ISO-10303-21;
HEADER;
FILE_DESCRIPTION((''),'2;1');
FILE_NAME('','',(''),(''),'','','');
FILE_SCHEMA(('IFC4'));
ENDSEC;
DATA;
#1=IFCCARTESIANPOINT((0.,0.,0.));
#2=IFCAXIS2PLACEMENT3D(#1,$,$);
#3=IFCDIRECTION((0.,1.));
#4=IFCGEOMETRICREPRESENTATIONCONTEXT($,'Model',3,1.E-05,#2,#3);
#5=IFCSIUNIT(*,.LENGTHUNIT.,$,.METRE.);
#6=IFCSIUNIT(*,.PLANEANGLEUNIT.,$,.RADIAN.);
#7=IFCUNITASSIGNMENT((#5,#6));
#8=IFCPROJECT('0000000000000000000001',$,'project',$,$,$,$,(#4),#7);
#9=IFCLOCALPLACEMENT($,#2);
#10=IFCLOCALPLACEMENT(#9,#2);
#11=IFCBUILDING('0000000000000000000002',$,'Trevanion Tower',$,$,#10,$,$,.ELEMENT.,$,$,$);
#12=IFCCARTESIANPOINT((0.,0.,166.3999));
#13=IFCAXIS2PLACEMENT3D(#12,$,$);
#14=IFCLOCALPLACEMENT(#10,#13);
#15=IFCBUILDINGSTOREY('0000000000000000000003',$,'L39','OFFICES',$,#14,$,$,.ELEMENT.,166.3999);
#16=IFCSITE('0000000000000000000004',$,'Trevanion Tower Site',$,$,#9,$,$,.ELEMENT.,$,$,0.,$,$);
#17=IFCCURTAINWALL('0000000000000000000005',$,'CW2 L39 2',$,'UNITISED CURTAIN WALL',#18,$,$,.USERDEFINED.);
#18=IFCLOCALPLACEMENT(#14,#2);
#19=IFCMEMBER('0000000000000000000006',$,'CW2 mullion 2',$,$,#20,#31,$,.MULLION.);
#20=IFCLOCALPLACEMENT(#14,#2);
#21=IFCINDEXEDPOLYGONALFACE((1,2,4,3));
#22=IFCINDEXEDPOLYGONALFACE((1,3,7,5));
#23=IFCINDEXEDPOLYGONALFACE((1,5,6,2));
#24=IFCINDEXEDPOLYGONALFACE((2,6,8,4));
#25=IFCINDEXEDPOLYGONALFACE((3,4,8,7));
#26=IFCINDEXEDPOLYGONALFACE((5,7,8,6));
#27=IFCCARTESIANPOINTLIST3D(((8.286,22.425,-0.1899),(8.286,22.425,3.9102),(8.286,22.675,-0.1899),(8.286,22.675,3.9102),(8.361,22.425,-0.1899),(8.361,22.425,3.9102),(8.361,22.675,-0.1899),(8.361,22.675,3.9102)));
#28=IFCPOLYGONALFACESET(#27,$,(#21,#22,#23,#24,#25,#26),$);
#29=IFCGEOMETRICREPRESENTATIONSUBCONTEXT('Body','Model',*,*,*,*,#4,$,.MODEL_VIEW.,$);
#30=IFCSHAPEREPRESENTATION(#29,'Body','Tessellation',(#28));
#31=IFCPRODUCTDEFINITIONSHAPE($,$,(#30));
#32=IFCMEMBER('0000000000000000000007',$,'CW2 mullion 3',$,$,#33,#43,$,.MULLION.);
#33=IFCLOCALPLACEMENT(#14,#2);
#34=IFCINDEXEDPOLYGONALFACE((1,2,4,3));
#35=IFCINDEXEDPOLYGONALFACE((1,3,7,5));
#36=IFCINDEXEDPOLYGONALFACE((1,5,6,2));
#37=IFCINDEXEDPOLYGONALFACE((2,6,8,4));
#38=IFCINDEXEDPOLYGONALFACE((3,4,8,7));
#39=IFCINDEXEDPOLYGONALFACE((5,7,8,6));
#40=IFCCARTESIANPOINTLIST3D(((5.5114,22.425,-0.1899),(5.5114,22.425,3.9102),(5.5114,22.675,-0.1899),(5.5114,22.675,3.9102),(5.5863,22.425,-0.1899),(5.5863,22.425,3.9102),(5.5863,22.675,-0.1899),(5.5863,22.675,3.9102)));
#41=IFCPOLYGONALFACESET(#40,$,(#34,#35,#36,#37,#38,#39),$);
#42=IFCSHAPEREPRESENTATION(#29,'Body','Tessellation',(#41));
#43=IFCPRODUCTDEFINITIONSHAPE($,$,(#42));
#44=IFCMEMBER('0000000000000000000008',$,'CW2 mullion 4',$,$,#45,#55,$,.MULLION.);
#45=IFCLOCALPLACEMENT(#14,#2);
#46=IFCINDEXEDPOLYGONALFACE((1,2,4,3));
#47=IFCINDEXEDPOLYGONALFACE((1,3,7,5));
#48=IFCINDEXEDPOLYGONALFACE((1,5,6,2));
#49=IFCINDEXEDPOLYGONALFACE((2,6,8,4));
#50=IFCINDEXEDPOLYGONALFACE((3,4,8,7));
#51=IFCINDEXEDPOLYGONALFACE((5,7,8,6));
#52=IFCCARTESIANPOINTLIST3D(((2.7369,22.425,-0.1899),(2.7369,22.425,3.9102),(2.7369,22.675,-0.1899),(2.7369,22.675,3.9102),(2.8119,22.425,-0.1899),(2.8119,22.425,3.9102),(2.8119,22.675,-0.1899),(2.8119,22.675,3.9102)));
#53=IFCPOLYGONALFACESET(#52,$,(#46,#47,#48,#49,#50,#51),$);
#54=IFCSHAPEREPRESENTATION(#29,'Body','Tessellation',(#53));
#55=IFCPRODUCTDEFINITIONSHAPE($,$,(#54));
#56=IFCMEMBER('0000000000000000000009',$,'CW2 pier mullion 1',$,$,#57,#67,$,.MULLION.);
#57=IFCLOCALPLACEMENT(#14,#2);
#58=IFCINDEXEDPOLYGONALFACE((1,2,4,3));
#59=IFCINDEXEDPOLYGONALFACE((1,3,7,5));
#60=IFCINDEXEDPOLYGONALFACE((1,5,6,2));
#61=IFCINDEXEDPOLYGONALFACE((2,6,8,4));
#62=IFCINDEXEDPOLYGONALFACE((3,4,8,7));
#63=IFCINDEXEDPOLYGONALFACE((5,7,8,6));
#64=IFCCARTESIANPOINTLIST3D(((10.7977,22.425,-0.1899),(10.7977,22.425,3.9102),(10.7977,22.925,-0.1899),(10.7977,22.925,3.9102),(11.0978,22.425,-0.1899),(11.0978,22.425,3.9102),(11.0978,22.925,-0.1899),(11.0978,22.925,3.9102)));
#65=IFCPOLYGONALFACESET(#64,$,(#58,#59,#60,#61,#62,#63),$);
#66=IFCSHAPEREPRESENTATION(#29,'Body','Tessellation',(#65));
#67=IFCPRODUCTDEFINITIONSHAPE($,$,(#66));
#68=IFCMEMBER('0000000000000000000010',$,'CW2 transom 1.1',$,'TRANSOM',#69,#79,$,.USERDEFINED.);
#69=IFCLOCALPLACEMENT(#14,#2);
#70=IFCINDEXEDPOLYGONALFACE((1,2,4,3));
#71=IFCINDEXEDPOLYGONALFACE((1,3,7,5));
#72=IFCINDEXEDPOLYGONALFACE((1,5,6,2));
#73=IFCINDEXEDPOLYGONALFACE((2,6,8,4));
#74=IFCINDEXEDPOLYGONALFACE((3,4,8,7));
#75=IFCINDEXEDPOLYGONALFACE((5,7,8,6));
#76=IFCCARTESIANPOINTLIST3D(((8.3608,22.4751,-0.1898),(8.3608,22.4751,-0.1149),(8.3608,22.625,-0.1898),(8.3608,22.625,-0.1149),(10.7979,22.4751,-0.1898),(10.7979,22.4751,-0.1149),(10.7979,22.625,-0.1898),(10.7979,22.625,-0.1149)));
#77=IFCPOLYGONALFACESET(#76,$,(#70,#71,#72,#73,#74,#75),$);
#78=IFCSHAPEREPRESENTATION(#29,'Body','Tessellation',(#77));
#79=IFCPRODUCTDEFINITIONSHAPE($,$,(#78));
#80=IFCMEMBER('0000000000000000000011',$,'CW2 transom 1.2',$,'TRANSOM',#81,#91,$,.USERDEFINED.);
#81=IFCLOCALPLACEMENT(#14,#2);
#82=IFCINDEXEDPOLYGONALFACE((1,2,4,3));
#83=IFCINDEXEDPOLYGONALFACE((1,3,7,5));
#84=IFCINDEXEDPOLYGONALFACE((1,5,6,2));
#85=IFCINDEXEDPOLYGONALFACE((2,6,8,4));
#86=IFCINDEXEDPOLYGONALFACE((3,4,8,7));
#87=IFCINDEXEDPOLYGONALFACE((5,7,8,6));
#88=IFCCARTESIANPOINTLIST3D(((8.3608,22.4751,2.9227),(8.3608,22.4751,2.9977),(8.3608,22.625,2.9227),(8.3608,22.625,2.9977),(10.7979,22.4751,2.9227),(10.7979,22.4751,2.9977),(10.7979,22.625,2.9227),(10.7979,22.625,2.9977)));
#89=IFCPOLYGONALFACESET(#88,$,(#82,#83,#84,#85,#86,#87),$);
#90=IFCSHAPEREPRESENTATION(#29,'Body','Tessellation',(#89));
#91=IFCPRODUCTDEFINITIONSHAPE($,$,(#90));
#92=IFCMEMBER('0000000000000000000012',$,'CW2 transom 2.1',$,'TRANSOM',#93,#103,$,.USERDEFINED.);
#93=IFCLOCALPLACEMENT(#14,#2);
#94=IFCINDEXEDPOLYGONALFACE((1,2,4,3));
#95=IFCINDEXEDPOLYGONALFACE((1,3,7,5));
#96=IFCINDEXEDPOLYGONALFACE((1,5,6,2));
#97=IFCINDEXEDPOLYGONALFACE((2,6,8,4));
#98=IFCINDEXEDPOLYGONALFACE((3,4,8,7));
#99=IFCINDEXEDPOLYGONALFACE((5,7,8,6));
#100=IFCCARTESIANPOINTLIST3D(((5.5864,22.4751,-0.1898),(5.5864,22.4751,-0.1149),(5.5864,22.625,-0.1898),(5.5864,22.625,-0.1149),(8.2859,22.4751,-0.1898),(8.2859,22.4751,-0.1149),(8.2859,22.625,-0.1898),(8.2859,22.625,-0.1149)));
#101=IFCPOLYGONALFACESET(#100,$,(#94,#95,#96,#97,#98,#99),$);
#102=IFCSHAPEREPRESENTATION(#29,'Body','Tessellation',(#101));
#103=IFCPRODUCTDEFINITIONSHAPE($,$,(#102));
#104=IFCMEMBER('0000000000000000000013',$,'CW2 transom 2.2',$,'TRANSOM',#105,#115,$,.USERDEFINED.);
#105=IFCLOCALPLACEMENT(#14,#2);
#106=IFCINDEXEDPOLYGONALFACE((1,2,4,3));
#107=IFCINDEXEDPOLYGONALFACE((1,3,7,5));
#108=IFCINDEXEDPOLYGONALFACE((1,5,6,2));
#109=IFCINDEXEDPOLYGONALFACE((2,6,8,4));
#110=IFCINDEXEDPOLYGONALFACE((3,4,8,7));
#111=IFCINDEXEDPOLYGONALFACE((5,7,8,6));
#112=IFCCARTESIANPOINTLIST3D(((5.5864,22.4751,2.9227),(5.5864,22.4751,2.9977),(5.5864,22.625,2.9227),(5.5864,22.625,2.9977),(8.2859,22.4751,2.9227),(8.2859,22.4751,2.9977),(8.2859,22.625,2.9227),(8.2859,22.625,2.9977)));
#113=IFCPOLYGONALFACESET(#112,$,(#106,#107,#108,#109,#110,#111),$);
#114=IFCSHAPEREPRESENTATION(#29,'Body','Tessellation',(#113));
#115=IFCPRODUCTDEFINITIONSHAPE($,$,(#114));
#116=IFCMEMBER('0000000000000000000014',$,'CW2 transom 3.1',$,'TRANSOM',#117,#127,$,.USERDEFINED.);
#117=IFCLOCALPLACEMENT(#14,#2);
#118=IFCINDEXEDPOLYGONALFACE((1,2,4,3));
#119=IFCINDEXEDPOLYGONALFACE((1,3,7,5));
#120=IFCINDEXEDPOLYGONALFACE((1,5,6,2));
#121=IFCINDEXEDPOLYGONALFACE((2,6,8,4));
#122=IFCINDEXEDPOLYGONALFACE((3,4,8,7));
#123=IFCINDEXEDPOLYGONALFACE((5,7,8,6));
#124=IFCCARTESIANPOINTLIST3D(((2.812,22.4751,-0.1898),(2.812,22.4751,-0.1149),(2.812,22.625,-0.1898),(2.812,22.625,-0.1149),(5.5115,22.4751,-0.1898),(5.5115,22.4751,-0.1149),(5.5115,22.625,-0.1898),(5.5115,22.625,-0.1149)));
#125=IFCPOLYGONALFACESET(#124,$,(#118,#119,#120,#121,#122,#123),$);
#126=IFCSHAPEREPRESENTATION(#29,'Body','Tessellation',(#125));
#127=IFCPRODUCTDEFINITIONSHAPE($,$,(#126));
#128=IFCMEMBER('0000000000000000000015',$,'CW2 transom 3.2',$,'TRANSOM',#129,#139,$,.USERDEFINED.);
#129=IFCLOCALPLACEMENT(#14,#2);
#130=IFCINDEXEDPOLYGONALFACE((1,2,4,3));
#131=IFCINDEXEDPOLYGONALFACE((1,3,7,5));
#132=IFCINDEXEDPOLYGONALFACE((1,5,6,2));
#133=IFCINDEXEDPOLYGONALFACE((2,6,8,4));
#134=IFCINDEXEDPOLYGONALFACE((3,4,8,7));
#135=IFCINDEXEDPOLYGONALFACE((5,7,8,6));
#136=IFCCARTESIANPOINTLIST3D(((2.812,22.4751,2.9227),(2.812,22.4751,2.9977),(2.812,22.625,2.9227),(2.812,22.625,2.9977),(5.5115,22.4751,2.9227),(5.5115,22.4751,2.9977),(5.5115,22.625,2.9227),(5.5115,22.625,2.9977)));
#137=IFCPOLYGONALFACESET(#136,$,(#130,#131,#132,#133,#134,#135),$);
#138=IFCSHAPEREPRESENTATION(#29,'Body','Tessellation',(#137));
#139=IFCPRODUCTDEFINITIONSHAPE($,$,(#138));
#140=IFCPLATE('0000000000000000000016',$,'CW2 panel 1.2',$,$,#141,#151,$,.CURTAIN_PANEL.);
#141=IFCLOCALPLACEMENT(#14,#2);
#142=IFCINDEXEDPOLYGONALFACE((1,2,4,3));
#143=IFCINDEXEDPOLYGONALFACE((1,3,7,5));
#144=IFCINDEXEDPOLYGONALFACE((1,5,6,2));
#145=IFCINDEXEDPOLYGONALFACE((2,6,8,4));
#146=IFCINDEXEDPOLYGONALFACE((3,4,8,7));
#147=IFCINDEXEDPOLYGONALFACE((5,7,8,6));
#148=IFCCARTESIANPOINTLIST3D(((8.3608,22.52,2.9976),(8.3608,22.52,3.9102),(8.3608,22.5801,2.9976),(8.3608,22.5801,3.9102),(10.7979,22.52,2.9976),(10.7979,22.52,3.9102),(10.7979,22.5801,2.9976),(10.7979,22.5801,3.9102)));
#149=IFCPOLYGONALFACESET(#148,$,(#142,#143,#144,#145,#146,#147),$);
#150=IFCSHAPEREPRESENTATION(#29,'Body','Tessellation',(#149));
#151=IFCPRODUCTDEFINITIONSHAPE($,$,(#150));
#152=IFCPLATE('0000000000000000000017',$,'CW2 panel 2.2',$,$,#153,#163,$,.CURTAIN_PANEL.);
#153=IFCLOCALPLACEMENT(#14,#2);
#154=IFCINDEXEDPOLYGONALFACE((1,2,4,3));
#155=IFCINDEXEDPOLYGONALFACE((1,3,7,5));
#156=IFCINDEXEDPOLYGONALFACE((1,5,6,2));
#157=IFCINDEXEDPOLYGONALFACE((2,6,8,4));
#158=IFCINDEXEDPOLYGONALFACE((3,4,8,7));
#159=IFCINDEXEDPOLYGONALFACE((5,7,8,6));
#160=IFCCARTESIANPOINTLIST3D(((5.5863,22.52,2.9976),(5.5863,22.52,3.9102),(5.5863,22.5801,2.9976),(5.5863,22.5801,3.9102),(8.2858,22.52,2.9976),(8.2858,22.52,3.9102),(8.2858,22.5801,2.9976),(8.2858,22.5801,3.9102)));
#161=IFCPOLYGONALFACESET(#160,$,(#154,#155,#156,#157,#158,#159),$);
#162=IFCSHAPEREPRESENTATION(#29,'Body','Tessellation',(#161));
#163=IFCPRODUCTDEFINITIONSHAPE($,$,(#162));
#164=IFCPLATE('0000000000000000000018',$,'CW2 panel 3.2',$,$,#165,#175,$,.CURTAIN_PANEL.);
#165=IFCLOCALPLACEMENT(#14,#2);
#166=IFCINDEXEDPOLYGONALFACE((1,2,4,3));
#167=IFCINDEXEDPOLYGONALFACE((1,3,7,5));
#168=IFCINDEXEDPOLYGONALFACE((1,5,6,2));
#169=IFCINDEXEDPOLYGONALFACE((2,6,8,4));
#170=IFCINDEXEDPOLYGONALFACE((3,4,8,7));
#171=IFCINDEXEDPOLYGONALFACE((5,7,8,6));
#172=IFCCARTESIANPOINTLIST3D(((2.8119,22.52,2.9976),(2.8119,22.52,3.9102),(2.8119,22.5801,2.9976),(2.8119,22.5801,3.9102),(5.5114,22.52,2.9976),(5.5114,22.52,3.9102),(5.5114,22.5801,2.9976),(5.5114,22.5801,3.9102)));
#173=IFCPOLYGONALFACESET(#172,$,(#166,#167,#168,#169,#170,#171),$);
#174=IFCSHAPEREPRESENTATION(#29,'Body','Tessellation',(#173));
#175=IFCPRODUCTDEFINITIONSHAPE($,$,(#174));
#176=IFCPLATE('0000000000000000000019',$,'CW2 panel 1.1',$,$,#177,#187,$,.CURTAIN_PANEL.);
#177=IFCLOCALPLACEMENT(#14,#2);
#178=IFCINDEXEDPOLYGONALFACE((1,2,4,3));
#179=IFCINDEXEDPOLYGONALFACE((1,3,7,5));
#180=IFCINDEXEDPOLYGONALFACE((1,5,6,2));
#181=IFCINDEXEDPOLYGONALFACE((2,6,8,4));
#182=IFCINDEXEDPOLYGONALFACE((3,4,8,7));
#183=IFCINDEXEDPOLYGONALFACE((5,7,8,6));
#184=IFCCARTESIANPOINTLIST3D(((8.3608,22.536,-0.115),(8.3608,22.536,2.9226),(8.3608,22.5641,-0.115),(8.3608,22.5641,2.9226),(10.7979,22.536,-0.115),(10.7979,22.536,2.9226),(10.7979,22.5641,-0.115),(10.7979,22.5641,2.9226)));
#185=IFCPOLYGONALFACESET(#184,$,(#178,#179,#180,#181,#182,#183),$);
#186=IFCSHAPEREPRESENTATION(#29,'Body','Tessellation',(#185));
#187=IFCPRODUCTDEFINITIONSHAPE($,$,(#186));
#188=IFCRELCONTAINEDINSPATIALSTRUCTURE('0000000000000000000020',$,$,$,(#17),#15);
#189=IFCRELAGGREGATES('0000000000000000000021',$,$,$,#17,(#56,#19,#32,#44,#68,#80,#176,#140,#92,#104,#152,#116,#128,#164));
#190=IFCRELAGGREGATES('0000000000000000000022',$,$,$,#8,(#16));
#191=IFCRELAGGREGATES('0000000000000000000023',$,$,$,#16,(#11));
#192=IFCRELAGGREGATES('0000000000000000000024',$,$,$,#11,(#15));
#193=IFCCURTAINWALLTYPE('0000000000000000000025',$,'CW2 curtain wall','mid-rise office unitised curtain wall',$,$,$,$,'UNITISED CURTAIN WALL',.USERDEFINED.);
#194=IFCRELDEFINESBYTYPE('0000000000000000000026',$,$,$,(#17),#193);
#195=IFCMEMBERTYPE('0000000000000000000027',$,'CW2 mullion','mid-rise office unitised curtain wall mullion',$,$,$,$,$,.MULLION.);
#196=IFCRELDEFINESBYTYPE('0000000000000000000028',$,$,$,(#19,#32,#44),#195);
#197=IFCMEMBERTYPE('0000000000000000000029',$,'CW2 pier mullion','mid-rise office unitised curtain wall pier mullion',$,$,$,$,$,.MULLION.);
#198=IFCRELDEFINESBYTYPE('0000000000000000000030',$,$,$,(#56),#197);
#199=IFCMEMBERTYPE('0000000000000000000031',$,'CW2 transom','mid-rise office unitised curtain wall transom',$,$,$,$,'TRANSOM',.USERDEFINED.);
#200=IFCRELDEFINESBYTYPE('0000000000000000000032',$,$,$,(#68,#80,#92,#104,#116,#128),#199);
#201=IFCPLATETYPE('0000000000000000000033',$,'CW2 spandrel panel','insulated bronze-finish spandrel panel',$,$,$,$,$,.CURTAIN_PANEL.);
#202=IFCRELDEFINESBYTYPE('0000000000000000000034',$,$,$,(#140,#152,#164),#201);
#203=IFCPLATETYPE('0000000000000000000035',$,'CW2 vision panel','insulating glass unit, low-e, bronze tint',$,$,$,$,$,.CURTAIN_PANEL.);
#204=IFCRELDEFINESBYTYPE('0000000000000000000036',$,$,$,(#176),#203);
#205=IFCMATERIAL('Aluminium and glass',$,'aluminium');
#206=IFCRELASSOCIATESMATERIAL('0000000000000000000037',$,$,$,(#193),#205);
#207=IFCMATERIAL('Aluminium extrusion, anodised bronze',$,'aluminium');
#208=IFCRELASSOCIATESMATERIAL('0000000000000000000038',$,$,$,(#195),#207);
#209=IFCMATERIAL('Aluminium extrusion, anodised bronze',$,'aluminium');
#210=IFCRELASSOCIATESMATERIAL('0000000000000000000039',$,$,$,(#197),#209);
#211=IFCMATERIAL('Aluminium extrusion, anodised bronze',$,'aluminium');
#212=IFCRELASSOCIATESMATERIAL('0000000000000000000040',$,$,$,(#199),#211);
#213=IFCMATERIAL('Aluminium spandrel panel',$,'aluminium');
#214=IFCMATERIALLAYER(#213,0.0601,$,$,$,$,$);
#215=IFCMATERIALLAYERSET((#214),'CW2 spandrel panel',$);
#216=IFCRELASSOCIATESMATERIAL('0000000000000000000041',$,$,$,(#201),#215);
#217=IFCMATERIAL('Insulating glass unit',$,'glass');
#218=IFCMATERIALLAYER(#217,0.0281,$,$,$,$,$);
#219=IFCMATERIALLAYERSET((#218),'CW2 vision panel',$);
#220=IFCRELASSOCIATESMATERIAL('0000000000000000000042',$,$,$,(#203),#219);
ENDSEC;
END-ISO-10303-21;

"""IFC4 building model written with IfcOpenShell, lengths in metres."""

from ifc_helpers import new_model, si_unit, direction, frame, origin, origin_2d, place, context, subcontext, project, spatial, rectangle, extrude, material, layer, layer_set, material_profile, profile_set, type_object, element, aggregate, save


model = new_model("IFC4")

# Units and contexts
model_context = context("Model", 3, precision=1e-05, world=origin(), true_north=direction((0.0, 1.0)))
body_context = subcontext(model_context, "Body", "Model", "MODEL_VIEW")
ifc_project = project(units=[si_unit("LENGTHUNIT", "METRE"), si_unit("PLANEANGLEUNIT", "RADIAN")], contexts=[model_context])

# Site, building, storey
site_placement = place(None, origin())
site = spatial("IfcSite", under=ifc_project, at=site_placement, Name="Trevanion Tower Site", CompositionType="ELEMENT", RefElevation=0.0)
building_placement = place(site_placement, origin())
building = spatial("IfcBuilding", under=site, at=building_placement, Name="Trevanion Tower", CompositionType="ELEMENT")
storey_placement = place(building_placement, frame((0.0, 0.0, 166.3999)))
storey = spatial("IfcBuildingStorey", under=building, at=storey_placement, Name="L39", Description="OFFICES", CompositionType="ELEMENT", Elevation=166.3999)

# Curtain wall, members, plates
ifc_material_1 = material(Name="Aluminium and glass", Category="aluminium")
curtain_wall_type = type_object("IfcCurtainWallType", Name="CW2 curtain wall", Description="mid-rise office unitised curtain wall", ElementType="UNITISED CURTAIN WALL", PredefinedType="USERDEFINED", material=ifc_material_1)
curtain_wall_placement = place(storey_placement, origin())
curtain_wall = element("IfcCurtainWall", 1, at=curtain_wall_placement, inside=storey, type_object=curtain_wall_type, Name="CW2 L39 2", ObjectType="UNITISED CURTAIN WALL", PredefinedType="USERDEFINED")
ifc_material_2 = material(Name="Aluminium extrusion, anodised bronze", Category="aluminium")
ifc_material_profile_1 = material_profile(ifc_material_2, rectangle(XDim=0.075, YDim=0.25, at=origin_2d()), Name="CW2 mullion")
ifc_profile_set_1 = profile_set([ifc_material_profile_1], Name="Aluminium extrusion, anodised bronze")
member_type_1 = type_object("IfcMemberType", Name="CW2 mullion", Description="mid-rise office unitised curtain wall mullion", PredefinedType="MULLION", material=ifc_profile_set_1)
member_1_placement = place(storey_placement, frame((8.3235, 22.55, -0.1899), z_axis=(0.0, 0.0, 1.0), x_axis=(-1.0, 0.0, 0.0)))
member_1 = element("IfcMember", 2, at=member_1_placement, type_object=member_type_1, Name="CW2 mullion 2", PredefinedType="MULLION", context=body_context, shape_type="SweptSolid", body=[
    extrude(rectangle(XDim=0.075, YDim=0.25, at=origin_2d()), origin(), (0.0, 0.0, 1.0), 4.1001),
])
member_2_placement = place(storey_placement, frame((5.5488, 22.55, -0.1899), z_axis=(0.0, 0.0, 1.0), x_axis=(-1.0, 0.0, 0.0)))
member_2 = element("IfcMember", 3, at=member_2_placement, type_object=member_type_1, Name="CW2 mullion 3", PredefinedType="MULLION", context=body_context, shape_type="SweptSolid", body=[
    extrude(rectangle(XDim=0.075, YDim=0.25, at=origin_2d()), origin(), (0.0, 0.0, 1.0), 4.1001),
])
member_3_placement = place(storey_placement, frame((2.7744, 22.55, -0.1899), z_axis=(0.0, 0.0, 1.0), x_axis=(-1.0, 0.0, 0.0)))
member_3 = element("IfcMember", 4, at=member_3_placement, type_object=member_type_1, Name="CW2 mullion 4", PredefinedType="MULLION", context=body_context, shape_type="SweptSolid", body=[
    extrude(rectangle(XDim=0.075, YDim=0.25, at=origin_2d()), origin(), (0.0, 0.0, 1.0), 4.1001),
])
ifc_material_3 = material(Name="Aluminium extrusion, anodised bronze", Category="aluminium")
ifc_material_profile_2 = material_profile(ifc_material_3, rectangle(XDim=0.3, YDim=0.5, at=origin_2d()), Name="CW2 pier mullion")
ifc_profile_set_2 = profile_set([ifc_material_profile_2], Name="Aluminium extrusion, anodised bronze")
member_type_2 = type_object("IfcMemberType", Name="CW2 pier mullion", Description="mid-rise office unitised curtain wall pier mullion", PredefinedType="MULLION", material=ifc_profile_set_2)
member_4_placement = place(storey_placement, frame((10.9478, 22.675, -0.1899), z_axis=(0.0, 0.0, 1.0), x_axis=(-1.0, 0.0, 0.0)))
member_4 = element("IfcMember", 5, at=member_4_placement, type_object=member_type_2, Name="CW2 pier mullion 1", PredefinedType="MULLION", context=body_context, shape_type="SweptSolid", body=[
    extrude(rectangle(XDim=0.3, YDim=0.5, at=origin_2d()), origin(), (0.0, 0.0, 1.0), 4.1001),
])
ifc_material_4 = material(Name="Aluminium extrusion, anodised bronze", Category="aluminium")
ifc_material_profile_3 = material_profile(ifc_material_4, rectangle(XDim=0.1499, YDim=0.075, at=origin_2d()), Name="CW2 transom")
ifc_profile_set_3 = profile_set([ifc_material_profile_3], Name="Aluminium extrusion, anodised bronze")
member_type_3 = type_object("IfcMemberType", Name="CW2 transom", Description="mid-rise office unitised curtain wall transom", ElementType="TRANSOM", PredefinedType="USERDEFINED", material=ifc_profile_set_3)
member_5_placement = place(storey_placement, frame((10.7979, 22.55, -0.1523), z_axis=(-1.0, 0.0, 0.0), x_axis=(0.0, -1.0, 0.0)))
member_5 = element("IfcMember", 6, at=member_5_placement, type_object=member_type_3, Name="CW2 transom 1.1", ObjectType="TRANSOM", PredefinedType="USERDEFINED", context=body_context, shape_type="SweptSolid", body=[
    extrude(rectangle(XDim=0.1499, YDim=0.075, at=origin_2d()), origin(), (0.0, 0.0, 1.0), 2.437),
])
member_6_placement = place(storey_placement, frame((10.7979, 22.55, 2.9602), z_axis=(-1.0, 0.0, 0.0), x_axis=(0.0, -1.0, 0.0)))
member_6 = element("IfcMember", 7, at=member_6_placement, type_object=member_type_3, Name="CW2 transom 1.2", ObjectType="TRANSOM", PredefinedType="USERDEFINED", context=body_context, shape_type="SweptSolid", body=[
    extrude(rectangle(XDim=0.1499, YDim=0.075, at=origin_2d()), origin(), (0.0, 0.0, 1.0), 2.437),
])
member_7_placement = place(storey_placement, frame((8.2859, 22.55, -0.1523), z_axis=(-1.0, 0.0, 0.0), x_axis=(0.0, -1.0, 0.0)))
member_7 = element("IfcMember", 8, at=member_7_placement, type_object=member_type_3, Name="CW2 transom 2.1", ObjectType="TRANSOM", PredefinedType="USERDEFINED", context=body_context, shape_type="SweptSolid", body=[
    extrude(rectangle(XDim=0.1499, YDim=0.075, at=origin_2d()), origin(), (0.0, 0.0, 1.0), 2.6995),
])
member_8_placement = place(storey_placement, frame((8.2859, 22.55, 2.9602), z_axis=(-1.0, 0.0, 0.0), x_axis=(0.0, -1.0, 0.0)))
member_8 = element("IfcMember", 9, at=member_8_placement, type_object=member_type_3, Name="CW2 transom 2.2", ObjectType="TRANSOM", PredefinedType="USERDEFINED", context=body_context, shape_type="SweptSolid", body=[
    extrude(rectangle(XDim=0.1499, YDim=0.075, at=origin_2d()), origin(), (0.0, 0.0, 1.0), 2.6995),
])
member_9_placement = place(storey_placement, frame((5.5115, 22.55, -0.1523), z_axis=(-1.0, 0.0, 0.0), x_axis=(0.0, -1.0, 0.0)))
member_9 = element("IfcMember", 10, at=member_9_placement, type_object=member_type_3, Name="CW2 transom 3.1", ObjectType="TRANSOM", PredefinedType="USERDEFINED", context=body_context, shape_type="SweptSolid", body=[
    extrude(rectangle(XDim=0.1499, YDim=0.075, at=origin_2d()), origin(), (0.0, 0.0, 1.0), 2.6995),
])
member_10_placement = place(storey_placement, frame((5.5115, 22.55, 2.9602), z_axis=(-1.0, 0.0, 0.0), x_axis=(0.0, -1.0, 0.0)))
member_10 = element("IfcMember", 11, at=member_10_placement, type_object=member_type_3, Name="CW2 transom 3.2", ObjectType="TRANSOM", PredefinedType="USERDEFINED", context=body_context, shape_type="SweptSolid", body=[
    extrude(rectangle(XDim=0.1499, YDim=0.075, at=origin_2d()), origin(), (0.0, 0.0, 1.0), 2.6995),
])
ifc_material_5 = material(Name="Aluminium spandrel panel", Category="aluminium")
ifc_layer_1 = layer(ifc_material_5, 0.0601)
ifc_layer_set_1 = layer_set([ifc_layer_1], Name="CW2 spandrel panel")
plate_type_1 = type_object("IfcPlateType", Name="CW2 spandrel panel", Description="insulated bronze-finish spandrel panel", PredefinedType="CURTAIN_PANEL", material=ifc_layer_set_1)
plate_1_placement = place(storey_placement, frame((9.5793, 22.55, 2.9976), z_axis=(0.0, 0.0, 1.0), x_axis=(-1.0, 0.0, 0.0)))
plate_1 = element("IfcPlate", 12, at=plate_1_placement, type_object=plate_type_1, Name="CW2 panel 1.2", PredefinedType="CURTAIN_PANEL", context=body_context, shape_type="SweptSolid", body=[
    extrude(rectangle(XDim=2.437, YDim=0.0601, at=origin_2d()), origin(), (0.0, 0.0, 1.0), 0.9126),
])
plate_2_placement = place(storey_placement, frame((6.936, 22.55, 2.9976), z_axis=(0.0, 0.0, 1.0), x_axis=(-1.0, 0.0, 0.0)))
plate_2 = element("IfcPlate", 13, at=plate_2_placement, type_object=plate_type_1, Name="CW2 panel 2.2", PredefinedType="CURTAIN_PANEL", context=body_context, shape_type="SweptSolid", body=[
    extrude(rectangle(XDim=2.6995, YDim=0.0601, at=origin_2d()), origin(), (0.0, 0.0, 1.0), 0.9126),
])
plate_3_placement = place(storey_placement, frame((4.1616, 22.55, 2.9976), z_axis=(0.0, 0.0, 1.0), x_axis=(-1.0, 0.0, 0.0)))
plate_3 = element("IfcPlate", 14, at=plate_3_placement, type_object=plate_type_1, Name="CW2 panel 3.2", PredefinedType="CURTAIN_PANEL", context=body_context, shape_type="SweptSolid", body=[
    extrude(rectangle(XDim=2.6995, YDim=0.0601, at=origin_2d()), origin(), (0.0, 0.0, 1.0), 0.9126),
])
ifc_material_6 = material(Name="Insulating glass unit", Category="glass")
ifc_layer_2 = layer(ifc_material_6, 0.0281)
ifc_layer_set_2 = layer_set([ifc_layer_2], Name="CW2 vision panel")
plate_type_2 = type_object("IfcPlateType", Name="CW2 vision panel", Description="insulating glass unit, low-e, bronze tint", PredefinedType="CURTAIN_PANEL", material=ifc_layer_set_2)
plate_4_placement = place(storey_placement, frame((9.5793, 22.55, -0.115), z_axis=(0.0, 0.0, 1.0), x_axis=(-1.0, 0.0, 0.0)))
plate_4 = element("IfcPlate", 15, at=plate_4_placement, type_object=plate_type_2, Name="CW2 panel 1.1", PredefinedType="CURTAIN_PANEL", context=body_context, shape_type="SweptSolid", body=[
    extrude(rectangle(XDim=2.437, YDim=0.0281, at=origin_2d()), origin(), (0.0, 0.0, 1.0), 3.0376),
])
aggregate(curtain_wall, [member_4, member_1, member_2, member_3, member_5, member_6, plate_4, plate_1, member_7, member_8, plate_2, member_9, member_10, plate_3])

save(model, "model.ifc")
